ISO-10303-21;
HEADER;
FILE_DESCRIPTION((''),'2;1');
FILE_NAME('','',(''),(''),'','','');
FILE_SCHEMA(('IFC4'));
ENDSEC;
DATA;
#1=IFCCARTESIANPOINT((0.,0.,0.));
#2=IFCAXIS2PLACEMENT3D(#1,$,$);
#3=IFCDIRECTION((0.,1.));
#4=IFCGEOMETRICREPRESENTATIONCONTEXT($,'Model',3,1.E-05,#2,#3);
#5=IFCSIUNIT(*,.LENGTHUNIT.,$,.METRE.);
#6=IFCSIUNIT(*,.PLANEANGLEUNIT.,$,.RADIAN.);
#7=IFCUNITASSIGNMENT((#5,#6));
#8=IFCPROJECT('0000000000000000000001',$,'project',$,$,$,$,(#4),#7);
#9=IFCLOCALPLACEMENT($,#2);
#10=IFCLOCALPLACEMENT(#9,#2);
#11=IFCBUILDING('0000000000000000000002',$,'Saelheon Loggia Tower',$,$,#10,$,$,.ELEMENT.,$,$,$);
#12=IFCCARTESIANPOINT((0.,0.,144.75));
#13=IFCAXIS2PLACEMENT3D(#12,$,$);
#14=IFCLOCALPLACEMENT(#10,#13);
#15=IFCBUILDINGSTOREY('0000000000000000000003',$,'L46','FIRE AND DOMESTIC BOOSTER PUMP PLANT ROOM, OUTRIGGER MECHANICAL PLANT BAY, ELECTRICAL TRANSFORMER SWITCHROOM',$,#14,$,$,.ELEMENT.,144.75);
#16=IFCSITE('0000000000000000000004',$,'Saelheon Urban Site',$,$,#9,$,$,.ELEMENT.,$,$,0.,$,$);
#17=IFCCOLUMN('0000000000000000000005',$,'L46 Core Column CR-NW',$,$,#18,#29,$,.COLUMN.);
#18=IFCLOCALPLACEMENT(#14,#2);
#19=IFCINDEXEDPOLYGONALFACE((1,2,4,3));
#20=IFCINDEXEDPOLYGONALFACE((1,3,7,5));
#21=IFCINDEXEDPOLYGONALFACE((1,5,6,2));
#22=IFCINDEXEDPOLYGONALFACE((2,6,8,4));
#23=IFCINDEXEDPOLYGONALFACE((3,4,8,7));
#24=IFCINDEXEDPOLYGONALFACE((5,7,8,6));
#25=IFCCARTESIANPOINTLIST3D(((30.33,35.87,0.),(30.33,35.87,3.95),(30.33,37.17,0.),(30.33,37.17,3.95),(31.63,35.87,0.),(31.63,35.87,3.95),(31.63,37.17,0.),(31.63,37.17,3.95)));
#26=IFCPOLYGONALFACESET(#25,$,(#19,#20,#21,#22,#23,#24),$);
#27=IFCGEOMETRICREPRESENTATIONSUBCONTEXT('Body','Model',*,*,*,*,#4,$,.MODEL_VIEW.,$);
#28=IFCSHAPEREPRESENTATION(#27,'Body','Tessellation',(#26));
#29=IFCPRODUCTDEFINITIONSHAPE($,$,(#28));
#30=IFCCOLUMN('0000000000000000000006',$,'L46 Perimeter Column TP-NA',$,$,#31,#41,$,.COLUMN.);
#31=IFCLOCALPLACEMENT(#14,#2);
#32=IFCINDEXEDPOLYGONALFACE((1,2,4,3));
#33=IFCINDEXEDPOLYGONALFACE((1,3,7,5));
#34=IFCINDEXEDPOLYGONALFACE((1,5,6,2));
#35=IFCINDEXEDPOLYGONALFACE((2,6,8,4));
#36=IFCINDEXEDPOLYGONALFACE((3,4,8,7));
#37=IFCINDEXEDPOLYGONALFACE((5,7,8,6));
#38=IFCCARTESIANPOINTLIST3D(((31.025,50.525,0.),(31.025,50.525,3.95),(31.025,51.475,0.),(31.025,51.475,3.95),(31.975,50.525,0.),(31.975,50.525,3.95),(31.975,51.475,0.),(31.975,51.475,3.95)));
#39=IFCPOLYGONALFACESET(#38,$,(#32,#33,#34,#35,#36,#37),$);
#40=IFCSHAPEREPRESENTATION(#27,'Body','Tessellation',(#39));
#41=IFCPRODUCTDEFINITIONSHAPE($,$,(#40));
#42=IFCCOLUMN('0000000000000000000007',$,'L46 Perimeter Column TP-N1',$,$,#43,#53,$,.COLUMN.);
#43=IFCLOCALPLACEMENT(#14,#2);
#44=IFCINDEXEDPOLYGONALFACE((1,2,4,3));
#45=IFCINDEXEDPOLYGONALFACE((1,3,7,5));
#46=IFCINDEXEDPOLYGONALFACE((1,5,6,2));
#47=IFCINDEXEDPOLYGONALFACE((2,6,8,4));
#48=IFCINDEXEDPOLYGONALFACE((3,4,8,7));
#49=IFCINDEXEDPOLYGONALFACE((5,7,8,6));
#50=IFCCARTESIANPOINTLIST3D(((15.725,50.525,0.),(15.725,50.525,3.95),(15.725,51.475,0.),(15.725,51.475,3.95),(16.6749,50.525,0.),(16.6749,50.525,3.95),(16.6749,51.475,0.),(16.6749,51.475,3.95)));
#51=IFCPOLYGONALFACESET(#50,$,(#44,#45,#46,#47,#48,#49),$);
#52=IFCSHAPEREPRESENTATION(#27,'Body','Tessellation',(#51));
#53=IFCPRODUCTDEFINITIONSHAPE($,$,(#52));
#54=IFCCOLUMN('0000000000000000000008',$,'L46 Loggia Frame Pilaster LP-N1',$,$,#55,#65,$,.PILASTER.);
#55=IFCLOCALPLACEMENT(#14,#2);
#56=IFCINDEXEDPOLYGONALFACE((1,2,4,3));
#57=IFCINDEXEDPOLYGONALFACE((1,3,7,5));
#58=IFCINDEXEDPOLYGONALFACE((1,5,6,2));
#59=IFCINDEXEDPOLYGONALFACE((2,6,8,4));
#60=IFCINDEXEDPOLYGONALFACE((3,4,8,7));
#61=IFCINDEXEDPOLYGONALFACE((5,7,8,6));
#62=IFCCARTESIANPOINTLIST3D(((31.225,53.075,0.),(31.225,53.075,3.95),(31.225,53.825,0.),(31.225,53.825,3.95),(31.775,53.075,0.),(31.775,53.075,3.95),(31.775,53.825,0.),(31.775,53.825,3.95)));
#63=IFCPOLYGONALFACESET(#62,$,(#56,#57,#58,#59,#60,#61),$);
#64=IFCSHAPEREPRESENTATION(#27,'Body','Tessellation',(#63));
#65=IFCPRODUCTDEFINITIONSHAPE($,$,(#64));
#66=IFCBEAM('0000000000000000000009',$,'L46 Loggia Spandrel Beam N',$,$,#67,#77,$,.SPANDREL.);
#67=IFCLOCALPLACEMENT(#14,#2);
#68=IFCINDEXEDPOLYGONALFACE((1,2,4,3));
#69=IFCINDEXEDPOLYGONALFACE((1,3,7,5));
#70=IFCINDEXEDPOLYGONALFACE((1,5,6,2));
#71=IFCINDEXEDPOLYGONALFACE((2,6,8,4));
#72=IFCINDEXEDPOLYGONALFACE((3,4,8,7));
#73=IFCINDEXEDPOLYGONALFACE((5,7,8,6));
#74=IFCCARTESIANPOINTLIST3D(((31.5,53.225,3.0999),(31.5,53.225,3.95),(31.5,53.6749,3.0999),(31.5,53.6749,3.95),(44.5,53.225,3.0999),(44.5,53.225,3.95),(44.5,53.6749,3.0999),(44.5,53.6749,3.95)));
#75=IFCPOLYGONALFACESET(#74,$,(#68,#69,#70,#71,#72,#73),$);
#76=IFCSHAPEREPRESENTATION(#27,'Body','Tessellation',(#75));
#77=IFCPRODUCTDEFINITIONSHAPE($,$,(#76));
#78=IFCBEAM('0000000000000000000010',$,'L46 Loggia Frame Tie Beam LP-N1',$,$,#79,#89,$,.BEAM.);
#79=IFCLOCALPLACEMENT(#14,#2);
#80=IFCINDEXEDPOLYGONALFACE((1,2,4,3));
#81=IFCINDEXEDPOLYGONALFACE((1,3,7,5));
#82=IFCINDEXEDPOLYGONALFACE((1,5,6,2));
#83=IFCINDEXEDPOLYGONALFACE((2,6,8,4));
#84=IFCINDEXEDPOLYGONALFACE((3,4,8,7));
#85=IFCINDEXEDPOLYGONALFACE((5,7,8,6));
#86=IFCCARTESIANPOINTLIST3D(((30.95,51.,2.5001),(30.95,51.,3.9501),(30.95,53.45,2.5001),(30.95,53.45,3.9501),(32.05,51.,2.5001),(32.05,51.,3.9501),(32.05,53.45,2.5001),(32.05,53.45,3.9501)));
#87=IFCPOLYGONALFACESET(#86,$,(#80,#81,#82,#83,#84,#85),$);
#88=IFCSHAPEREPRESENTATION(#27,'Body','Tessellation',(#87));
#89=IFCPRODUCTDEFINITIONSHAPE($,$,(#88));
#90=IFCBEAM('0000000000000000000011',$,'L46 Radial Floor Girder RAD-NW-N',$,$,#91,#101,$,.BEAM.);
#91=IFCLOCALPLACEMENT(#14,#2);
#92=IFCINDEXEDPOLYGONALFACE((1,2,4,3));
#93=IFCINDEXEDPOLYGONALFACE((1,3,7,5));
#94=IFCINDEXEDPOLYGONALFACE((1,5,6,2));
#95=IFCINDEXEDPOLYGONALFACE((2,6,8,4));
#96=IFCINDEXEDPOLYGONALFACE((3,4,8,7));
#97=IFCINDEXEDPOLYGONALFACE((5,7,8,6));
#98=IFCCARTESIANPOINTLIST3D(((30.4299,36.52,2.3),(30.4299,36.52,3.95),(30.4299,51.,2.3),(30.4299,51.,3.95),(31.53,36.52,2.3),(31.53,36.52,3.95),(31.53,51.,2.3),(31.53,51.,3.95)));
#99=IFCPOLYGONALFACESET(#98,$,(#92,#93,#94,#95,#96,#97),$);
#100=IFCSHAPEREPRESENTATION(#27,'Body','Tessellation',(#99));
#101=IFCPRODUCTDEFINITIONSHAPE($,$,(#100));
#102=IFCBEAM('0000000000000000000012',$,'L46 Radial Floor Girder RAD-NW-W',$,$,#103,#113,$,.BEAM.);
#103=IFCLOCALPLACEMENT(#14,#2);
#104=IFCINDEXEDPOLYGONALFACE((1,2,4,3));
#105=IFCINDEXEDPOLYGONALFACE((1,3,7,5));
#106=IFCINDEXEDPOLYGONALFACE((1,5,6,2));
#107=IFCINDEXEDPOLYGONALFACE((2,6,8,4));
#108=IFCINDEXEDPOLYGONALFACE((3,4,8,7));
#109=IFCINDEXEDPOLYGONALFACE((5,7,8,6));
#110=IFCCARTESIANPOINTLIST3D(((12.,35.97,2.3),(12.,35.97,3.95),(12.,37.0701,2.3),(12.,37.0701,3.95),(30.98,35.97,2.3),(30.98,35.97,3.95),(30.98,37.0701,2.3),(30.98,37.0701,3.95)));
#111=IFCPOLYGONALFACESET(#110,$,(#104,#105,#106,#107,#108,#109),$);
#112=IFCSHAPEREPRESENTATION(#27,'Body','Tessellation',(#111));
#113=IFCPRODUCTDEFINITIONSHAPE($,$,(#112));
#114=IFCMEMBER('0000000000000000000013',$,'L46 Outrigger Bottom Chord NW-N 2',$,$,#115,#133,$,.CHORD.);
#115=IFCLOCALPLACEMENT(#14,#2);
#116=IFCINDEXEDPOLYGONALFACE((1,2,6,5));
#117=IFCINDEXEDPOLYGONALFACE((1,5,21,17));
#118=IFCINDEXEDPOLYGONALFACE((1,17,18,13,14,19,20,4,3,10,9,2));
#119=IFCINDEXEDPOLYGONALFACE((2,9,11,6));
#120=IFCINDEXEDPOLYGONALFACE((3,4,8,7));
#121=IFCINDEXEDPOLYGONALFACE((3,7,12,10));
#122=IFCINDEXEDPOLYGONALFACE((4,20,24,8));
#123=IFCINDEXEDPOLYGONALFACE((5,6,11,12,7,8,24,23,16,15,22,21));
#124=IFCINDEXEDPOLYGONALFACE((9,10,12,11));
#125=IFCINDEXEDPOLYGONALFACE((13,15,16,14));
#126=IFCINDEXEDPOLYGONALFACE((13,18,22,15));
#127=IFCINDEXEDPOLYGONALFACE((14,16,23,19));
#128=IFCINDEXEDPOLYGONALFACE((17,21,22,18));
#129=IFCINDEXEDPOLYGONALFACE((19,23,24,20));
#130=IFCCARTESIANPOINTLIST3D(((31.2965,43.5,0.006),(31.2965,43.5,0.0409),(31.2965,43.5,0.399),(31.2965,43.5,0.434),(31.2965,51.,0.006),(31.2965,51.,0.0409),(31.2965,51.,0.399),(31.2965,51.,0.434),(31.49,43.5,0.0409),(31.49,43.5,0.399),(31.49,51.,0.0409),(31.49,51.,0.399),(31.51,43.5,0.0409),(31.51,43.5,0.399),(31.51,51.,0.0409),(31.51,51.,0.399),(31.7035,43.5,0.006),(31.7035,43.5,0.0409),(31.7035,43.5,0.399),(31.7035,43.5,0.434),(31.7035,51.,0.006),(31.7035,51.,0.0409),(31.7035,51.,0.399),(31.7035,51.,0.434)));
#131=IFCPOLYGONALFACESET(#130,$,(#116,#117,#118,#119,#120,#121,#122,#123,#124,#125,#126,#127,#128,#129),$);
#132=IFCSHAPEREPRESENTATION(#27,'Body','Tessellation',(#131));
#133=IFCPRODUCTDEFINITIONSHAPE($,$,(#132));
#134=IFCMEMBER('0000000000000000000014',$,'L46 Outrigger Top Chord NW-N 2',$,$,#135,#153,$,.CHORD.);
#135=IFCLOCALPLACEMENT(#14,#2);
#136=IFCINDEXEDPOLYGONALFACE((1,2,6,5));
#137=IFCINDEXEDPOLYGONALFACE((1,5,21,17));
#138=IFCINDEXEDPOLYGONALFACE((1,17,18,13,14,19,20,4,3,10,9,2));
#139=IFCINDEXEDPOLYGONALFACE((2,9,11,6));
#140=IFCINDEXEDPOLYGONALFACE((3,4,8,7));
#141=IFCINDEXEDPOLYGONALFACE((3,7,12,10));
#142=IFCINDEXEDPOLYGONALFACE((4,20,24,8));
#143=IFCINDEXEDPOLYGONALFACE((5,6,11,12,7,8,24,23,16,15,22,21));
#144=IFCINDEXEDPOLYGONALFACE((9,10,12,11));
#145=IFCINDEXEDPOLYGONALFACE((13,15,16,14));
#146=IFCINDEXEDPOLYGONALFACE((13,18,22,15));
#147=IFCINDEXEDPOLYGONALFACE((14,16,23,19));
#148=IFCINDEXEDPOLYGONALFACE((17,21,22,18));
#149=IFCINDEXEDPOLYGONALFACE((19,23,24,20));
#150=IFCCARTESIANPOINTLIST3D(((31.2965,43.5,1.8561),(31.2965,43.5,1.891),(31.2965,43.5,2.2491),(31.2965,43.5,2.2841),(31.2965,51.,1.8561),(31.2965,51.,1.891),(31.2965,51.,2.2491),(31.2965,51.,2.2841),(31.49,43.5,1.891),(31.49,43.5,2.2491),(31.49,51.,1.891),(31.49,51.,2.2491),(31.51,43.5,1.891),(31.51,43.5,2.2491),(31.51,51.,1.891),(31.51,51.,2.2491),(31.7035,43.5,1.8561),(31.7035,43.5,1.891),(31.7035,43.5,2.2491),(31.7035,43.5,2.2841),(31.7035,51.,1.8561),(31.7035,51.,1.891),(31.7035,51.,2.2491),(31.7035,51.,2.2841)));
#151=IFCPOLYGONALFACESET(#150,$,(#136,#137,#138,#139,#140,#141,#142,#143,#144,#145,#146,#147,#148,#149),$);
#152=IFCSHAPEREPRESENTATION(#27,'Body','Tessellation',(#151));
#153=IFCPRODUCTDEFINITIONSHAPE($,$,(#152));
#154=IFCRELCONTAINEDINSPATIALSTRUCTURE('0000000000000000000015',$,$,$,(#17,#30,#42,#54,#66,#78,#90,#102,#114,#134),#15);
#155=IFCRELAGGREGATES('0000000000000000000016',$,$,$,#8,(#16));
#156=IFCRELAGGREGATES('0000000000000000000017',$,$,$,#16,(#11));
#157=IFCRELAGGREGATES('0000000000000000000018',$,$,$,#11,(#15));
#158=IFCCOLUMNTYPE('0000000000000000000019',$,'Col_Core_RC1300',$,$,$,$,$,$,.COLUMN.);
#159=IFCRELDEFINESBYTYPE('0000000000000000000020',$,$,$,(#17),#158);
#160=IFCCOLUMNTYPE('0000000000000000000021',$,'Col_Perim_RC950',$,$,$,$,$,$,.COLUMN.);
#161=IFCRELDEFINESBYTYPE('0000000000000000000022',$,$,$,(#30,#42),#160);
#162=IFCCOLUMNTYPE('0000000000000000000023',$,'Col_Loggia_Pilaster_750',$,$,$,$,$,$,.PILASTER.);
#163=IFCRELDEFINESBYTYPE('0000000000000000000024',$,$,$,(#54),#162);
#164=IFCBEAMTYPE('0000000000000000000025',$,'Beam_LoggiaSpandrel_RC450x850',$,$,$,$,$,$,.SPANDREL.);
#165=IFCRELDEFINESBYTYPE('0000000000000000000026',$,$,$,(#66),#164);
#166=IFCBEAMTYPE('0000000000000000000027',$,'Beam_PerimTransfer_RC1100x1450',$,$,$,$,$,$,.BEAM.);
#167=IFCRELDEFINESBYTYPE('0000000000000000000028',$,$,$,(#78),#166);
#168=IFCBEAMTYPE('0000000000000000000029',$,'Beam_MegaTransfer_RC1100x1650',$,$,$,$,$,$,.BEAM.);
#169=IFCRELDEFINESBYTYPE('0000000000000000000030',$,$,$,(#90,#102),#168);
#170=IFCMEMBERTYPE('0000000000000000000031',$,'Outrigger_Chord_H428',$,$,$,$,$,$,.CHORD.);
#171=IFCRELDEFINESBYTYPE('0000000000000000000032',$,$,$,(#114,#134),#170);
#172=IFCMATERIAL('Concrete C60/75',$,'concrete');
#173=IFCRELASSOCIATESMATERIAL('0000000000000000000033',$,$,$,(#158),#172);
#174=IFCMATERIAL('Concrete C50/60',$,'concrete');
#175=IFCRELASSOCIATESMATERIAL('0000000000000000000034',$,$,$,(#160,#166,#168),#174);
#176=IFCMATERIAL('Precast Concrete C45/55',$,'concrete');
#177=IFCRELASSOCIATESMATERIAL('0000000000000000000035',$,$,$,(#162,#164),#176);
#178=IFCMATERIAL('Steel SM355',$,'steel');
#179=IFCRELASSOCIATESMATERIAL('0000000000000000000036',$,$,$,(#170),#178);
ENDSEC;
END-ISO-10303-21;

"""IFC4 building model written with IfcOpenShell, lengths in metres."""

from ifc_helpers import new_model, si_unit, direction, frame, origin, origin_2d, place, context, subcontext, project, spatial, rectangle, i_section, extrude, source, transform, mapped, material, material_profile, profile_set, type_object, element, save


model = new_model("IFC4")

# Units and contexts
model_context = context("Model", 3, precision=1e-05, world=origin(), true_north=direction((0.0, 1.0)))
body_context = subcontext(model_context, "Body", "Model", "MODEL_VIEW")
ifc_project = project(units=[si_unit("LENGTHUNIT", "METRE"), si_unit("PLANEANGLEUNIT", "RADIAN")], contexts=[model_context])

# Site, building, storey
site_placement = place(None, origin())
site = spatial("IfcSite", under=ifc_project, at=site_placement, Name="Saelheon Urban Site", CompositionType="ELEMENT", RefElevation=0.0)
building_placement = place(site_placement, origin())
building = spatial("IfcBuilding", under=site, at=building_placement, Name="Saelheon Loggia Tower", CompositionType="ELEMENT")
storey_placement = place(building_placement, frame((0.0, 0.0, 144.75)))
storey = spatial("IfcBuildingStorey", under=building, at=storey_placement, Name="L46", Description="FIRE AND DOMESTIC BOOSTER PUMP PLANT ROOM, OUTRIGGER MECHANICAL PLANT BAY, ELECTRICAL TRANSFORMER SWITCHROOM", CompositionType="ELEMENT", Elevation=144.75)

# Columns
ifc_material_1 = material(Name="Concrete C60/75", Category="concrete")
ifc_material_profile_1 = material_profile(ifc_material_1, rectangle(XDim=1.3, YDim=1.3, at=origin_2d()), Name="RC-1300x1300")
ifc_profile_set_1 = profile_set([ifc_material_profile_1], Name="Concrete C60/75")
column_type_1 = type_object("IfcColumnType", Name="Col_Core_RC1300", PredefinedType="COLUMN", material=ifc_profile_set_1)
shared_shape_1 = source(origin(), body_context, "Body", "SweptSolid", [
    extrude(rectangle(XDim=1.3, YDim=1.3, at=origin_2d()), origin(), (0.0, 0.0, 1.0), 3.95),
])
column_1_placement = place(storey_placement, frame((30.98, 36.52, 0.0), z_axis=(0.0, 0.0, 1.0), x_axis=(1.0, 0.0, 0.0)))
element("IfcColumn", 1, at=column_1_placement, inside=storey, type_object=column_type_1, Name="L46 Core Column CR-NW", PredefinedType="COLUMN", context=body_context, shape_type="MappedRepresentation", body=[
    mapped(shared_shape_1, transform((0.0, 0.0, 0.0), scale=1.0)),
])
ifc_material_2 = material(Name="Concrete C50/60", Category="concrete")
ifc_material_profile_2 = material_profile(ifc_material_2, rectangle(XDim=0.95, YDim=0.95, at=origin_2d()), Name="RC-950x950")
ifc_profile_set_2 = profile_set([ifc_material_profile_2], Name="Concrete C50/60")
column_type_2 = type_object("IfcColumnType", Name="Col_Perim_RC950", PredefinedType="COLUMN", material=ifc_profile_set_2)
shared_shape_2 = source(origin(), body_context, "Body", "SweptSolid", [
    extrude(rectangle(XDim=0.95, YDim=0.95, at=origin_2d()), origin(), (0.0, 0.0, 1.0), 3.95),
])
for number, where, z_axis, x_axis, name in (
    (2, (31.5, 51.0, 0.0), (0.0, 0.0, 1.0), (1.0, 0.0, 0.0), "L46 Perimeter Column TP-NA"),
    (3, (16.2, 51.0, 0.0), (0.0, 0.0, 1.0), (1.0, 0.0, 0.0), "L46 Perimeter Column TP-N1"),
):
    element("IfcColumn", number, at=place(storey_placement, frame(where, z_axis=z_axis, x_axis=x_axis)), inside=storey, type_object=column_type_2, Name=name, PredefinedType="COLUMN", context=body_context, shape_type="MappedRepresentation", body=[
        mapped(shared_shape_2, transform((0.0, 0.0, 0.0), scale=1.0)),
    ])
ifc_material_3 = material(Name="Precast Concrete C45/55", Category="concrete")
ifc_material_profile_3 = material_profile(ifc_material_3, rectangle(XDim=0.55, YDim=0.75, at=origin_2d()), Name="RC-550x750")
ifc_profile_set_3 = profile_set([ifc_material_profile_3], Name="Precast Concrete C45/55")
column_type_3 = type_object("IfcColumnType", Name="Col_Loggia_Pilaster_750", PredefinedType="PILASTER", material=ifc_profile_set_3)
shared_shape_3 = source(origin(), body_context, "Body", "SweptSolid", [
    extrude(rectangle(XDim=0.55, YDim=0.75, at=origin_2d()), origin(), (0.0, 0.0, 1.0), 3.95),
])
column_2_placement = place(storey_placement, frame((31.5, 53.45, 0.0), z_axis=(0.0, 0.0, 1.0), x_axis=(1.0, 0.0, 0.0)))
element("IfcColumn", 4, at=column_2_placement, inside=storey, type_object=column_type_3, Name="L46 Loggia Frame Pilaster LP-N1", PredefinedType="PILASTER", context=body_context, shape_type="MappedRepresentation", body=[
    mapped(shared_shape_3, transform((0.0, 0.0, 0.0), scale=1.0)),
])

# Beams
ifc_material_profile_4 = material_profile(ifc_material_3, rectangle(XDim=0.45, YDim=0.8501, at=origin_2d()), Name="RC-450x850")
ifc_profile_set_4 = profile_set([ifc_material_profile_4], Name="Precast Concrete C45/55")
beam_type_1 = type_object("IfcBeamType", Name="Beam_LoggiaSpandrel_RC450x850", PredefinedType="SPANDREL", material=ifc_profile_set_4)
shared_shape_4 = source(origin(), body_context, "Body", "SweptSolid", [
    extrude(rectangle(XDim=0.45, YDim=0.8501, at=origin_2d()), origin(), (0.0, 0.0, 1.0), 13.0),
])
beam_1_placement = place(storey_placement, frame((31.5, 53.45, 3.5249), z_axis=(1.0, 0.0, 0.0), x_axis=(0.0, 1.0, 0.0)))
element("IfcBeam", 5, at=beam_1_placement, inside=storey, type_object=beam_type_1, Name="L46 Loggia Spandrel Beam N", PredefinedType="SPANDREL", context=body_context, shape_type="MappedRepresentation", body=[
    mapped(shared_shape_4, transform((0.0, 0.0, 0.0), scale=1.0)),
])
ifc_material_profile_5 = material_profile(ifc_material_2, rectangle(XDim=1.1001, YDim=1.45, at=origin_2d()), Name="RC-1100x1450")
ifc_profile_set_5 = profile_set([ifc_material_profile_5], Name="Concrete C50/60")
beam_type_2 = type_object("IfcBeamType", Name="Beam_PerimTransfer_RC1100x1450", PredefinedType="BEAM", material=ifc_profile_set_5)
shared_shape_5 = source(origin(), body_context, "Body", "SweptSolid", [
    extrude(rectangle(XDim=1.1001, YDim=1.45, at=origin_2d()), origin(), (0.0, 0.0, 1.0), 2.45),
])
beam_2_placement = place(storey_placement, frame((31.5, 51.0, 3.2251), z_axis=(0.0, 1.0, 0.0), x_axis=(-1.0, 0.0, 0.0)))
element("IfcBeam", 6, at=beam_2_placement, inside=storey, type_object=beam_type_2, Name="L46 Loggia Frame Tie Beam LP-N1", PredefinedType="BEAM", context=body_context, shape_type="MappedRepresentation", body=[
    mapped(shared_shape_5, transform((0.0, 0.0, 0.0), scale=1.0)),
])
ifc_material_profile_6 = material_profile(ifc_material_2, rectangle(XDim=1.1001, YDim=1.6499, at=origin_2d()), Name="RC-1100x1650")
ifc_profile_set_6 = profile_set([ifc_material_profile_6], Name="Concrete C50/60")
beam_type_3 = type_object("IfcBeamType", Name="Beam_MegaTransfer_RC1100x1650", PredefinedType="BEAM", material=ifc_profile_set_6)
shared_shape_6 = source(origin(), body_context, "Body", "SweptSolid", [
    extrude(rectangle(XDim=1.1001, YDim=1.6499, at=origin_2d()), origin(), (0.0, 0.0, 1.0), 14.48),
])
beam_3_placement = place(storey_placement, frame((30.98, 36.52, 3.125), z_axis=(0.0, 1.0, 0.0), x_axis=(-1.0, 0.0, 0.0)))
element("IfcBeam", 7, at=beam_3_placement, inside=storey, type_object=beam_type_3, Name="L46 Radial Floor Girder RAD-NW-N", PredefinedType="BEAM", context=body_context, shape_type="MappedRepresentation", body=[
    mapped(shared_shape_6, transform((0.0, 0.0, 0.0), scale=1.0)),
])
shared_shape_7 = source(origin(), body_context, "Body", "SweptSolid", [
    extrude(rectangle(XDim=1.1001, YDim=1.6499, at=origin_2d()), origin(), (0.0, 0.0, 1.0), 18.98),
])
beam_4_placement = place(storey_placement, frame((30.98, 36.52, 3.125), z_axis=(-1.0, 0.0, 0.0), x_axis=(0.0, -1.0, 0.0)))
element("IfcBeam", 8, at=beam_4_placement, inside=storey, type_object=beam_type_3, Name="L46 Radial Floor Girder RAD-NW-W", PredefinedType="BEAM", context=body_context, shape_type="MappedRepresentation", body=[
    mapped(shared_shape_7, transform((0.0, 0.0, 0.0), scale=1.0)),
])

# Members
ifc_material_4 = material(Name="Steel SM355", Category="steel")
ifc_material_profile_7 = material_profile(ifc_material_4, i_section(OverallWidth=0.407, OverallDepth=0.428, WebThickness=0.02, FlangeThickness=0.0349, at=origin_2d()), Name="H-428x407x20x35")
ifc_profile_set_7 = profile_set([ifc_material_profile_7], Name="Steel SM355")
member_type_1 = type_object("IfcMemberType", Name="Outrigger_Chord_H428", PredefinedType="CHORD", material=ifc_profile_set_7)
shared_shape_8 = source(origin(), body_context, "Body", "SweptSolid", [
    extrude(i_section(OverallWidth=0.407, OverallDepth=0.428, WebThickness=0.02, FlangeThickness=0.0349, at=origin_2d()), origin(), (0.0, 0.0, 1.0), 7.5),
])
for number, where, z_axis, x_axis, name in (
    (9, (31.5, 43.5, 0.22), (0.0, 1.0, 0.0), (-1.0, 0.0, 0.0), "L46 Outrigger Bottom Chord NW-N 2"),
    (10, (31.5, 43.5, 2.0701), (0.0, 1.0, 0.0), (-1.0, 0.0, 0.0), "L46 Outrigger Top Chord NW-N 2"),
):
    element("IfcMember", number, at=place(storey_placement, frame(where, z_axis=z_axis, x_axis=x_axis)), inside=storey, type_object=member_type_1, Name=name, PredefinedType="CHORD", context=body_context, shape_type="MappedRepresentation", body=[
        mapped(shared_shape_8, transform((0.0, 0.0, 0.0), scale=1.0)),
    ])

save(model, "model.ifc")
